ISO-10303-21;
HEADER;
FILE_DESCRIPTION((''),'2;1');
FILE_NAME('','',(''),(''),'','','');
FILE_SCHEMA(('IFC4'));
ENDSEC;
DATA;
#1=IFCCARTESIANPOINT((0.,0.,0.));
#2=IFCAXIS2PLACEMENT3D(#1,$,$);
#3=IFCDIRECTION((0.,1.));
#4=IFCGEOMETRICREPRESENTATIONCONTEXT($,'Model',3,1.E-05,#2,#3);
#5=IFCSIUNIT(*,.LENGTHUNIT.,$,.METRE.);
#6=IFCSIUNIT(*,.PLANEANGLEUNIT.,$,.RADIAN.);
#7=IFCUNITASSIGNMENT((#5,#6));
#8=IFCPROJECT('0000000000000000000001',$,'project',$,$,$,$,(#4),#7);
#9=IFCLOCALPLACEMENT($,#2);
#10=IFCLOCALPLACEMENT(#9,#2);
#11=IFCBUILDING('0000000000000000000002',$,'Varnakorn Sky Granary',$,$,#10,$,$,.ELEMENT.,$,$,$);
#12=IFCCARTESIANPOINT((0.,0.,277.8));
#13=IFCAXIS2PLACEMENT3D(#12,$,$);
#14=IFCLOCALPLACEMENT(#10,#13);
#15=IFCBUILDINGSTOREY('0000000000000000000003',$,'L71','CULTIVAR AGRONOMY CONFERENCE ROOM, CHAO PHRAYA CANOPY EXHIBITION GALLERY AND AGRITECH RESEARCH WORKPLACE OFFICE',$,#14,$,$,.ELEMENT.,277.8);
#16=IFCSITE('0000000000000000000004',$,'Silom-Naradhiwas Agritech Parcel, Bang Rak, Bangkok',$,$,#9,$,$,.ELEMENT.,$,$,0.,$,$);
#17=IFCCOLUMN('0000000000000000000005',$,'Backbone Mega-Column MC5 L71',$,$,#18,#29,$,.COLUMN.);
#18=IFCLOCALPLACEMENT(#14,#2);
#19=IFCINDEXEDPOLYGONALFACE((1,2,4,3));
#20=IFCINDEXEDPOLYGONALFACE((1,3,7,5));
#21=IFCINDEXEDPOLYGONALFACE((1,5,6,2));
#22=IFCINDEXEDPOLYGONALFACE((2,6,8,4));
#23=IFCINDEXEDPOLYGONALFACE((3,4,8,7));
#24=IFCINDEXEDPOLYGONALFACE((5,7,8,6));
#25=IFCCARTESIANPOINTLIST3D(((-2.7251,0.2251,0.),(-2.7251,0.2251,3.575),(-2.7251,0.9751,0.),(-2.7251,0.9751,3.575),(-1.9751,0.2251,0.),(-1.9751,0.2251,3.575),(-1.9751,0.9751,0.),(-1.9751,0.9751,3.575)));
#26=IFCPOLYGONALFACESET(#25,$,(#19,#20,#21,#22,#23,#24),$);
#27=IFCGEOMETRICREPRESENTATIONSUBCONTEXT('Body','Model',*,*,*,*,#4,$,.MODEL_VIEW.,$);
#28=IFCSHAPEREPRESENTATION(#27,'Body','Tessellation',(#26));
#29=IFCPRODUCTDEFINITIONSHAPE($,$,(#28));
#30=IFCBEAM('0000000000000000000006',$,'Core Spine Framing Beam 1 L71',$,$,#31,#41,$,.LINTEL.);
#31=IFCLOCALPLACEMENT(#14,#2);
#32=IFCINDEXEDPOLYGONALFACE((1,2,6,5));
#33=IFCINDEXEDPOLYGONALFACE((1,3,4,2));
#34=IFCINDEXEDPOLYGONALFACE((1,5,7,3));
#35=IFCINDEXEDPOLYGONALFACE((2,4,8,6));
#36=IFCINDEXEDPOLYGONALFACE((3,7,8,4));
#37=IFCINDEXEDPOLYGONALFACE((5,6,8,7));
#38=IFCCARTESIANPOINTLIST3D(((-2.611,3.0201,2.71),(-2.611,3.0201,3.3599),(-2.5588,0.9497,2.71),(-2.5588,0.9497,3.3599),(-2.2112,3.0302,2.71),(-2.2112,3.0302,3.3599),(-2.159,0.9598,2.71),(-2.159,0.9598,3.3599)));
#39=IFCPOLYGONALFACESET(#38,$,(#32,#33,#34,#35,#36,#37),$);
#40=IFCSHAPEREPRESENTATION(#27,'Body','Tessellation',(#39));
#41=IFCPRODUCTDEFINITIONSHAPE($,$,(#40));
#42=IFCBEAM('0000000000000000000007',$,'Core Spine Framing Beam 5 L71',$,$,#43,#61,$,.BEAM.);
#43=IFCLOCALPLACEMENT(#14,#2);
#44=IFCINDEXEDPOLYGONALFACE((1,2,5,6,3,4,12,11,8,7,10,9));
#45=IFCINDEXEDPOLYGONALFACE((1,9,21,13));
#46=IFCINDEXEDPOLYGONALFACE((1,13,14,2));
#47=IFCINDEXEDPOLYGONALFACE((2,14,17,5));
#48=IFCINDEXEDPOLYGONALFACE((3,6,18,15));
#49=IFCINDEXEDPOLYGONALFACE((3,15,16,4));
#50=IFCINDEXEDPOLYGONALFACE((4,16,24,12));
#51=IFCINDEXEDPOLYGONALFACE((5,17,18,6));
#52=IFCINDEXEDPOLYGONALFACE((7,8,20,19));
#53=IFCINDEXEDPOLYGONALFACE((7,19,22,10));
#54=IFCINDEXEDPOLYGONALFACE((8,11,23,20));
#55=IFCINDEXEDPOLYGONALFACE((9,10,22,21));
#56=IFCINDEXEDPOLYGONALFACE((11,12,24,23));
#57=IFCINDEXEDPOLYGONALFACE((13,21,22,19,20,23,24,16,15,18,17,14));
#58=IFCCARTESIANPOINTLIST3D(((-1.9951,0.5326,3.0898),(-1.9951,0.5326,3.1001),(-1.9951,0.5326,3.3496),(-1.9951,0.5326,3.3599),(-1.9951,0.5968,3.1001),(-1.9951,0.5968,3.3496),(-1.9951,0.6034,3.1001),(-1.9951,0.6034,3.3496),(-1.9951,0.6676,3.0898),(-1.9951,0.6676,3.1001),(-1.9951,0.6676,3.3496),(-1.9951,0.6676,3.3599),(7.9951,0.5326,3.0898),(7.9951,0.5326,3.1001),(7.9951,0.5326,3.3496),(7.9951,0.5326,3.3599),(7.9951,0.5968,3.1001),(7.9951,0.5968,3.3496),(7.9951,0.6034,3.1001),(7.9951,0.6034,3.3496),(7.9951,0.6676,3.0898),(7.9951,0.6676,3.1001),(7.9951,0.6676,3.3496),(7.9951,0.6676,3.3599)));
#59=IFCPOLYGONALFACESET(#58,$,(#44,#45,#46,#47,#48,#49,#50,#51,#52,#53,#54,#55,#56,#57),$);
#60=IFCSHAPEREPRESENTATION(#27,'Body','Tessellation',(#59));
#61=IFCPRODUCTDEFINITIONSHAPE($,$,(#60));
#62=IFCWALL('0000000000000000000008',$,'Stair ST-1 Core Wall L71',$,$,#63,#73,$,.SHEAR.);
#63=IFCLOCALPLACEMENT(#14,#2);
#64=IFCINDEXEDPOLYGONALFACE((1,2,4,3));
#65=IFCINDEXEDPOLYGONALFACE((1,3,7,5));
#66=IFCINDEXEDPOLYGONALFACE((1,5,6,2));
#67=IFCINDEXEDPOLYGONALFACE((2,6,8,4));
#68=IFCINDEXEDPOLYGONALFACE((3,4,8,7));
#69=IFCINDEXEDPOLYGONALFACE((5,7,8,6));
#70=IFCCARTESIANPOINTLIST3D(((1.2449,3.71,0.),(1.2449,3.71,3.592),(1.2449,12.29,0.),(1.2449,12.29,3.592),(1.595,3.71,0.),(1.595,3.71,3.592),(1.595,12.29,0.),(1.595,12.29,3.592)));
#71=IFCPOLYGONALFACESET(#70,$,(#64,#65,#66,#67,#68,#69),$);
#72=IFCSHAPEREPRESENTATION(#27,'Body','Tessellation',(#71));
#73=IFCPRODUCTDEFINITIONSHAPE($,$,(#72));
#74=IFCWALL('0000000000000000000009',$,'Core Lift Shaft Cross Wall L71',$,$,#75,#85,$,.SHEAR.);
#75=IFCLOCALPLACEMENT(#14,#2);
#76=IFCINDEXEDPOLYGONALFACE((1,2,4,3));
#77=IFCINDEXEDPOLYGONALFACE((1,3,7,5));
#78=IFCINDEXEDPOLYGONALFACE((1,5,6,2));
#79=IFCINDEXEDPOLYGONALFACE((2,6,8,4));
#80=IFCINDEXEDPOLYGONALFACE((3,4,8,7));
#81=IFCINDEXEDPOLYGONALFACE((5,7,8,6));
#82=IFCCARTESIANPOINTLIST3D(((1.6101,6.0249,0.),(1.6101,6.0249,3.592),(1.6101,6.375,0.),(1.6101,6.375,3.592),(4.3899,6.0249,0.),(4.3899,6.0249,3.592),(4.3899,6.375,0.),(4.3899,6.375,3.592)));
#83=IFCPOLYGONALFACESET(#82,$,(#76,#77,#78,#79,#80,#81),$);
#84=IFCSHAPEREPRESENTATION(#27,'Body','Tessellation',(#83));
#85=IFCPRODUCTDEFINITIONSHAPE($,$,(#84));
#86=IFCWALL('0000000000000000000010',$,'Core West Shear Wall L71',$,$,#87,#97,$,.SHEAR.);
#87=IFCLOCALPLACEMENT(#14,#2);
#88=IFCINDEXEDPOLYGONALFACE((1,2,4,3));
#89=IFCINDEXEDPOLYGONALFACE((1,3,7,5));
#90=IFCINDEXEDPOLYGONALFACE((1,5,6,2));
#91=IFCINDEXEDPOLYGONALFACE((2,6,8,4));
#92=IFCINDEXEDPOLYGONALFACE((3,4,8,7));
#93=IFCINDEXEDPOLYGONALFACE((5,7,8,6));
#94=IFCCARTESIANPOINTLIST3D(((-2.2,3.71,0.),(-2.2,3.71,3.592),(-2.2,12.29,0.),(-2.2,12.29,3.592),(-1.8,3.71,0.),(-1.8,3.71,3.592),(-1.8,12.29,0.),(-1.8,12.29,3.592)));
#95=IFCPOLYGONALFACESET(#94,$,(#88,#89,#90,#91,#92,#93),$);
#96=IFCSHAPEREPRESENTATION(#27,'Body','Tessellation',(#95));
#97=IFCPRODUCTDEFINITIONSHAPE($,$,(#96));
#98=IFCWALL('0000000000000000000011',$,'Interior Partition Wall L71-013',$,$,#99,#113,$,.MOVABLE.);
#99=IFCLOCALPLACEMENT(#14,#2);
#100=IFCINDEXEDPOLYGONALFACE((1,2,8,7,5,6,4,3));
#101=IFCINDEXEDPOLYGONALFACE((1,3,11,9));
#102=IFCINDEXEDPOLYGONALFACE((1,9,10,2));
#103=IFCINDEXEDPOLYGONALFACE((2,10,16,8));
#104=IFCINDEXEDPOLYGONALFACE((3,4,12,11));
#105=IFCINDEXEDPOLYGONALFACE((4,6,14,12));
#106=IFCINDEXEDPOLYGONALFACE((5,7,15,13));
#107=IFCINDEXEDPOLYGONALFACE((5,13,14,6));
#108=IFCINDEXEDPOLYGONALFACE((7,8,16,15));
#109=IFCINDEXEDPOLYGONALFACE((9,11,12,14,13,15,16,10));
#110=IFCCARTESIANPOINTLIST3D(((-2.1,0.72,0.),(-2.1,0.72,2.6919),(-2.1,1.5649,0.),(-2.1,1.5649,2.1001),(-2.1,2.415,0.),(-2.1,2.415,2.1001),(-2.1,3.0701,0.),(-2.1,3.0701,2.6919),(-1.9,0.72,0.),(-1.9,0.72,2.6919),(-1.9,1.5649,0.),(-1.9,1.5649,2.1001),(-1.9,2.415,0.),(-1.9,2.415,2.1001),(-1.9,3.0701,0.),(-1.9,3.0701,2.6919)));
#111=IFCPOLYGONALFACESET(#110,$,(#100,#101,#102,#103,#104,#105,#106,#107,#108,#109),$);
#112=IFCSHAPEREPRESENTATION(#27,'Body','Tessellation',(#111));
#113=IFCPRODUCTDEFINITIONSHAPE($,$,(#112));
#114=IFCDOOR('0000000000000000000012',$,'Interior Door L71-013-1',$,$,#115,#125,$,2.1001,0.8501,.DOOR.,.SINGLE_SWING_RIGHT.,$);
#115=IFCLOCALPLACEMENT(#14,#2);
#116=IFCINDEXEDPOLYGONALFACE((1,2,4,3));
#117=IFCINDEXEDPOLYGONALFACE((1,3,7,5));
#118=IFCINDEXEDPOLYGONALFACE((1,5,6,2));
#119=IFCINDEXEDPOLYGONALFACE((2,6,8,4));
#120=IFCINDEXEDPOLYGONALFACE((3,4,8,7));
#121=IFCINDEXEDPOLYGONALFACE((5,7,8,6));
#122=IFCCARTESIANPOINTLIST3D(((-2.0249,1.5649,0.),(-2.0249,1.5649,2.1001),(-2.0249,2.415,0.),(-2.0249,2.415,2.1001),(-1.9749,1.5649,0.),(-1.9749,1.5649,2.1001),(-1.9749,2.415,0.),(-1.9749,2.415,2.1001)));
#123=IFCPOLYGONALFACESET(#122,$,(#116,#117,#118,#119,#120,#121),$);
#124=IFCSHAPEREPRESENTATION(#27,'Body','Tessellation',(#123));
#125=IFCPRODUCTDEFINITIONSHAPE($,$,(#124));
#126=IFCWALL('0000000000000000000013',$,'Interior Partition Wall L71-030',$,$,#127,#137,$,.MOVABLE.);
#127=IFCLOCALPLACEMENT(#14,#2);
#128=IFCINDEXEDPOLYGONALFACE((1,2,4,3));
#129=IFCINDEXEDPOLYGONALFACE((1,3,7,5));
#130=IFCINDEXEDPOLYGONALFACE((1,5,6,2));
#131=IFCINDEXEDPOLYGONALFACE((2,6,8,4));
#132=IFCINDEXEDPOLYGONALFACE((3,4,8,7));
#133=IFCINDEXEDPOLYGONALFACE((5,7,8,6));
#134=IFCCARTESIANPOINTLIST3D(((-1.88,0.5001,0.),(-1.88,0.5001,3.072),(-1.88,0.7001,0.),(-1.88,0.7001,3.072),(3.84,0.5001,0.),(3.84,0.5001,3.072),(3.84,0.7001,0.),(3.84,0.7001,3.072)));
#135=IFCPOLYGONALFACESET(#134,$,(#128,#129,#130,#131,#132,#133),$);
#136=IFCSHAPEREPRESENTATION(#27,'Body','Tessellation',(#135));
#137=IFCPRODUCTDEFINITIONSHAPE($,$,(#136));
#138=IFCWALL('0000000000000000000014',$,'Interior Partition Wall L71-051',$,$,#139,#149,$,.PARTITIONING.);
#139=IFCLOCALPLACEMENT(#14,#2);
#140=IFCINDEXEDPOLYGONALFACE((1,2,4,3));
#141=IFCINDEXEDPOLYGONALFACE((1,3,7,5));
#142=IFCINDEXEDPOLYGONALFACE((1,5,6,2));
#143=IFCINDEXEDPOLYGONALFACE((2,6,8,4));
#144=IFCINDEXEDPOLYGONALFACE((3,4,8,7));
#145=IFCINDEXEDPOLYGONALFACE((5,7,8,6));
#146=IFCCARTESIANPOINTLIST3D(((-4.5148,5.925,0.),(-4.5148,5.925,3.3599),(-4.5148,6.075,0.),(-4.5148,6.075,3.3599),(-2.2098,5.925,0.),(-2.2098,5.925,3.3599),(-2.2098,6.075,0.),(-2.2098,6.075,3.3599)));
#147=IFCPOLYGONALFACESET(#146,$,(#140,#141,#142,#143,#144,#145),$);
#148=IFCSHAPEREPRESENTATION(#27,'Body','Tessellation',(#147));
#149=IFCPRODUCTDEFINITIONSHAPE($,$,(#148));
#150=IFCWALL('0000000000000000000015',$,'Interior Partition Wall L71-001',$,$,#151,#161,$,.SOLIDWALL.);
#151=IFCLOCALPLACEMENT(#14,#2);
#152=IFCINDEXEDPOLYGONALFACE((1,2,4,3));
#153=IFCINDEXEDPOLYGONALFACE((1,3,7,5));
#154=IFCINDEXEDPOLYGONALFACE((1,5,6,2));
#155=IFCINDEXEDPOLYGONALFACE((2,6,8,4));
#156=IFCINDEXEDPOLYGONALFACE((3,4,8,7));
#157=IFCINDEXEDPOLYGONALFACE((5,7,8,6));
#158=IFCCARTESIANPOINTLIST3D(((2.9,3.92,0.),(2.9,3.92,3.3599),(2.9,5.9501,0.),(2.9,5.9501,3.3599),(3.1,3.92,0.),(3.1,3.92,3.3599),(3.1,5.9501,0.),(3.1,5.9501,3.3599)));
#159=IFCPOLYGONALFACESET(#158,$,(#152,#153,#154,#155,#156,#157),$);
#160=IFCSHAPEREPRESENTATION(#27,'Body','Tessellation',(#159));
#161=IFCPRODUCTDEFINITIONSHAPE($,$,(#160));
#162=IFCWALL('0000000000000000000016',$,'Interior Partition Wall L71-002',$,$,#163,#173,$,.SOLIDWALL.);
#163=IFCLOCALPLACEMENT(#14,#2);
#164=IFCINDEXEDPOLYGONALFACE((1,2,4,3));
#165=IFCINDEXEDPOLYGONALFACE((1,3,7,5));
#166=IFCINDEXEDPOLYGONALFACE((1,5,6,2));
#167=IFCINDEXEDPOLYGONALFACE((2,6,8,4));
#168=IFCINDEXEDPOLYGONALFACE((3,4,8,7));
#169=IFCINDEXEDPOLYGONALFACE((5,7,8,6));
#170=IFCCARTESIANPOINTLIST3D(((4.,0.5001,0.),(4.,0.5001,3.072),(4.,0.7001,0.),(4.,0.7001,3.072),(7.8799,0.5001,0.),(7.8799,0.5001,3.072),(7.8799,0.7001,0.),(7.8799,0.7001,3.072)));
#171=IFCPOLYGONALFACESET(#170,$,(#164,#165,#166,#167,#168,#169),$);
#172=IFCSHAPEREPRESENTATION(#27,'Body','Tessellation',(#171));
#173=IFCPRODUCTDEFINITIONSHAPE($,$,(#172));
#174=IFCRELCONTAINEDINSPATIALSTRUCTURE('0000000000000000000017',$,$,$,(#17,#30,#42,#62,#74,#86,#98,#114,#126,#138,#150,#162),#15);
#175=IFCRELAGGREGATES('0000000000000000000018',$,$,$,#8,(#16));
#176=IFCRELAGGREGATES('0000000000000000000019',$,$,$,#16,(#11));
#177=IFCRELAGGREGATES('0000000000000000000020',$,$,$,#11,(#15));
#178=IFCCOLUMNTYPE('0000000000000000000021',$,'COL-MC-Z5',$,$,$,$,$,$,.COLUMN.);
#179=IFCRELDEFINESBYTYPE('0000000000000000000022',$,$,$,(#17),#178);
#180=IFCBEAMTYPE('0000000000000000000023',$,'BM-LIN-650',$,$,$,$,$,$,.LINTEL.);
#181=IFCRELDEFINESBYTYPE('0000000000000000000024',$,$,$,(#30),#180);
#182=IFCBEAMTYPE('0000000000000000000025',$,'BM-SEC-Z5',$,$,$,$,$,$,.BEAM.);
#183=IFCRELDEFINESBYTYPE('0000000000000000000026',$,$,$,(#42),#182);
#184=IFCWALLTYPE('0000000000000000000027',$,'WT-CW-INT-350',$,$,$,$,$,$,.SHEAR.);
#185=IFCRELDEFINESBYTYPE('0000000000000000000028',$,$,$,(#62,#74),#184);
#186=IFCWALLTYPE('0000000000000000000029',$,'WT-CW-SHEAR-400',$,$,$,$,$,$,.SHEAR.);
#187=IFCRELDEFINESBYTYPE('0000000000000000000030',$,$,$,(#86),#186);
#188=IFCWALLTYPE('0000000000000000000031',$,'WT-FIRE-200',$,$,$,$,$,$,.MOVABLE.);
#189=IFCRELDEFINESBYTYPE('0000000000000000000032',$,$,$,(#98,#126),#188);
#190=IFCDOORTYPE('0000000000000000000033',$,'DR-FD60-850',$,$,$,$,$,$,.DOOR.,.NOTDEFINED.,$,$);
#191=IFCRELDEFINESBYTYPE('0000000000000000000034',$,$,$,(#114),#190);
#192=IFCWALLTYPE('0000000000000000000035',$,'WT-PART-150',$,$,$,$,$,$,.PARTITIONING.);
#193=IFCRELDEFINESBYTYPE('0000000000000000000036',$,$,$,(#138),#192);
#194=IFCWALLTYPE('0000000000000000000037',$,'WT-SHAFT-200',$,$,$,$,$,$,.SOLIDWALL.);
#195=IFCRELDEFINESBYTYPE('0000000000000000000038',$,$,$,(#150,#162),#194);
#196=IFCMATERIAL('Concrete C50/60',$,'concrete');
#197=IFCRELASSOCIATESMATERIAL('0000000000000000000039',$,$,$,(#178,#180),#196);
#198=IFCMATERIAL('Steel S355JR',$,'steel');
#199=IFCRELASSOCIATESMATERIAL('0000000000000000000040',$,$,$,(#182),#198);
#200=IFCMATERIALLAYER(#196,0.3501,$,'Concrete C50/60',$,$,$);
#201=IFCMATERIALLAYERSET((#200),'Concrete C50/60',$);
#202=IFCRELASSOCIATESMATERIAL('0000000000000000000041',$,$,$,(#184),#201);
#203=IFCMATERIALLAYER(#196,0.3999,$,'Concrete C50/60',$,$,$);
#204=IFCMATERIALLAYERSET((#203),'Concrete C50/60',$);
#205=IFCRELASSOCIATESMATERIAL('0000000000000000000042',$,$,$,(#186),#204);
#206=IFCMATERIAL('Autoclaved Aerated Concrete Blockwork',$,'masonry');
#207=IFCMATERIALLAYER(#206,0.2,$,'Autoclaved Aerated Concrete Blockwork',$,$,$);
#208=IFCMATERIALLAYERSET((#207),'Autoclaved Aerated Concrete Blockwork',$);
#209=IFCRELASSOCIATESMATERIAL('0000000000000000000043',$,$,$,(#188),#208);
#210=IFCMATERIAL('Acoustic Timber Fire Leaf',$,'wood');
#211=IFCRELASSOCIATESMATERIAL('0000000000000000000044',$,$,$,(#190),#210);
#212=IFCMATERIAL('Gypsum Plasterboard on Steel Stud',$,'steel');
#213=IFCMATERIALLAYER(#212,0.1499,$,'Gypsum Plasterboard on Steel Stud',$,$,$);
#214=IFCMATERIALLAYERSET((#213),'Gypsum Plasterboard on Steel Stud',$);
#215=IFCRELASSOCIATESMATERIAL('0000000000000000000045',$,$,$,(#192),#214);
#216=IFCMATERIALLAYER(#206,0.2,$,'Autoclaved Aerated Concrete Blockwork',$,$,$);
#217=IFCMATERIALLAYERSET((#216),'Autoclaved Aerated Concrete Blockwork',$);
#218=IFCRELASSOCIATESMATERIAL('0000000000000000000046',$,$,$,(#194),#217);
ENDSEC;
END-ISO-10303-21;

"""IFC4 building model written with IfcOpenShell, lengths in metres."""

from ifc_helpers import new_model, si_unit, direction, frame, frame_2d, origin, origin_2d, place, context, subcontext, project, spatial, rectangle, i_section, extrude, material, layer, layer_set, material_profile, profile_set, type_object, element, fill, save


model = new_model("IFC4")

# Units and contexts
model_context = context("Model", 3, precision=1e-05, world=origin(), true_north=direction((0.0, 1.0)))
body_context = subcontext(model_context, "Body", "Model", "MODEL_VIEW")
ifc_project = project(units=[si_unit("LENGTHUNIT", "METRE"), si_unit("PLANEANGLEUNIT", "RADIAN")], contexts=[model_context])

# Site, building, storey
site_placement = place(None, origin())
site = spatial("IfcSite", under=ifc_project, at=site_placement, Name="Silom-Naradhiwas Agritech Parcel, Bang Rak, Bangkok", CompositionType="ELEMENT", RefElevation=0.0)
building_placement = place(site_placement, origin())
building = spatial("IfcBuilding", under=site, at=building_placement, Name="Varnakorn Sky Granary", CompositionType="ELEMENT")
storey_placement = place(building_placement, frame((0.0, 0.0, 277.8)))
storey = spatial("IfcBuildingStorey", under=building, at=storey_placement, Name="L71", Description="CULTIVAR AGRONOMY CONFERENCE ROOM, CHAO PHRAYA CANOPY EXHIBITION GALLERY AND AGRITECH RESEARCH WORKPLACE OFFICE", CompositionType="ELEMENT", Elevation=277.8)

# Column
ifc_material_1 = material(Name="Concrete C50/60", Category="concrete")
ifc_material_profile_1 = material_profile(ifc_material_1, rectangle(XDim=0.75, YDim=0.75, at=origin_2d()), Name="RC 750x750")
ifc_profile_set_1 = profile_set([ifc_material_profile_1], Name="Concrete C50/60")
column_type = type_object("IfcColumnType", Name="COL-MC-Z5", PredefinedType="COLUMN", material=ifc_profile_set_1)
column_placement = place(storey_placement, frame((-2.3501, 0.6001, 0.0), z_axis=(0.0, 0.0, 1.0), x_axis=(1.0, 0.0, 0.0)))
element("IfcColumn", 1, at=column_placement, inside=storey, type_object=column_type, Name="Backbone Mega-Column MC5 L71", PredefinedType="COLUMN", context=body_context, shape_type="SweptSolid", body=[
    extrude(rectangle(XDim=0.75, YDim=0.75, at=origin_2d()), origin(), (0.0, 0.0, 1.0), 3.575),
])

# Beams
ifc_material_profile_2 = material_profile(ifc_material_1, rectangle(XDim=0.3999, YDim=0.6499, at=origin_2d()), Name="RC 400x650")
ifc_profile_set_2 = profile_set([ifc_material_profile_2], Name="Concrete C50/60")
beam_type_1 = type_object("IfcBeamType", Name="BM-LIN-650", PredefinedType="LINTEL", material=ifc_profile_set_2)
beam_1_placement = place(storey_placement, frame((-2.4111, 3.0251, 3.0349), z_axis=(0.025228, -0.999682, 0.0), x_axis=(0.999682, 0.025228, 0.0)))
element("IfcBeam", 2, at=beam_1_placement, inside=storey, type_object=beam_type_1, Name="Core Spine Framing Beam 1 L71", PredefinedType="LINTEL", context=body_context, shape_type="SweptSolid", body=[
    extrude(rectangle(XDim=0.3999, YDim=0.6499, at=origin_2d()), origin(), (0.0, 0.0, 1.0), 2.071),
])
ifc_material_2 = material(Name="Steel S355JR", Category="steel")
ifc_material_profile_3 = material_profile(ifc_material_2, i_section(OverallWidth=0.135, OverallDepth=0.27, WebThickness=0.0066, FlangeThickness=0.0103, at=origin_2d()), Name="IPE 270")
ifc_profile_set_3 = profile_set([ifc_material_profile_3], Name="Steel S355JR")
beam_type_2 = type_object("IfcBeamType", Name="BM-SEC-Z5", PredefinedType="BEAM", material=ifc_profile_set_3)
beam_2_placement = place(storey_placement, frame((-1.9951, 0.6001, 3.2249), z_axis=(1.0, 0.0, 0.0), x_axis=(0.0, 1.0, 0.0)))
element("IfcBeam", 3, at=beam_2_placement, inside=storey, type_object=beam_type_2, Name="Core Spine Framing Beam 5 L71", PredefinedType="BEAM", context=body_context, shape_type="SweptSolid", body=[
    extrude(i_section(OverallWidth=0.135, OverallDepth=0.27, WebThickness=0.0066, FlangeThickness=0.0103, at=origin_2d()), origin(), (0.0, 0.0, 1.0), 9.9902),
])

# Walls
ifc_layer_1 = layer(ifc_material_1, 0.3501, Name="Concrete C50/60")
ifc_layer_set_1 = layer_set([ifc_layer_1], Name="Concrete C50/60")
wall_type_1 = type_object("IfcWallType", Name="WT-CW-INT-350", PredefinedType="SHEAR", material=ifc_layer_set_1)
wall_1_placement = place(storey_placement, frame((1.4199, 3.71, 0.0), z_axis=(0.0, 0.0, 1.0), x_axis=(0.0, 1.0, 0.0)))
element("IfcWall", 4, at=wall_1_placement, inside=storey, type_object=wall_type_1, Name="Stair ST-1 Core Wall L71", PredefinedType="SHEAR", context=body_context, shape_type="SweptSolid", body=[
    extrude(rectangle(XDim=8.5801, YDim=0.3501, at=frame_2d((4.29, 0.0))), origin(), (0.0, 0.0, 1.0), 3.592),
])
wall_2_placement = place(storey_placement, frame((1.6101, 6.2, 0.0), z_axis=(0.0, 0.0, 1.0), x_axis=(1.0, 0.0, 0.0)))
element("IfcWall", 5, at=wall_2_placement, inside=storey, type_object=wall_type_1, Name="Core Lift Shaft Cross Wall L71", PredefinedType="SHEAR", context=body_context, shape_type="SweptSolid", body=[
    extrude(rectangle(XDim=2.7798, YDim=0.3501, at=frame_2d((1.3899, 0.0))), origin(), (0.0, 0.0, 1.0), 3.592),
])

# Shared definitions
ifc_layer_2 = layer(ifc_material_1, 0.3999, Name="Concrete C50/60")
ifc_layer_set_2 = layer_set([ifc_layer_2], Name="Concrete C50/60")
wall_type_2 = type_object("IfcWallType", Name="WT-CW-SHEAR-400", PredefinedType="SHEAR", material=ifc_layer_set_2)

# Wall
wall_3_placement = place(storey_placement, frame((-2.0, 3.71, 0.0), z_axis=(0.0, 0.0, 1.0), x_axis=(0.0, 1.0, 0.0)))
element("IfcWall", 6, at=wall_3_placement, inside=storey, type_object=wall_type_2, Name="Core West Shear Wall L71", PredefinedType="SHEAR", context=body_context, shape_type="SweptSolid", body=[
    extrude(rectangle(XDim=8.5801, YDim=0.3999, at=frame_2d((4.29, 0.0))), origin(), (0.0, 0.0, 1.0), 3.592),
])

# Wall, opening, door
ifc_material_3 = material(Name="Autoclaved Aerated Concrete Blockwork", Category="masonry")
ifc_layer_3 = layer(ifc_material_3, 0.2, Name="Autoclaved Aerated Concrete Blockwork")
ifc_layer_set_3 = layer_set([ifc_layer_3], Name="Autoclaved Aerated Concrete Blockwork")
wall_type_3 = type_object("IfcWallType", Name="WT-FIRE-200", PredefinedType="MOVABLE", material=ifc_layer_set_3)
wall_4_placement = place(storey_placement, frame((-2.0, 0.72, 0.0), z_axis=(0.0, 0.0, 1.0), x_axis=(0.0, 1.0, 0.0)))
wall_4 = element("IfcWall", 7, at=wall_4_placement, inside=storey, type_object=wall_type_3, Name="Interior Partition Wall L71-013", PredefinedType="MOVABLE", context=body_context, shape_type="SweptSolid", body=[
    extrude(rectangle(XDim=2.3501, YDim=0.2, at=frame_2d((1.175, 0.0))), origin(), (0.0, 0.0, 1.0), 2.6919),
])
opening_1_placement = place(wall_4_placement, frame((0.845, 0.0, 0.0)))
opening_1 = element("IfcOpeningElement", 8, at=opening_1_placement, cuts=wall_4, PredefinedType="OPENING", context=body_context, shape_type="SweptSolid", body=[
    extrude(rectangle(XDim=0.8501, YDim=2.1001, at=frame_2d((0.425, 1.05))), frame((0.0, 0.1099, 0.0), z_axis=(0.0, -1.0, 0.0), x_axis=(1.0, 0.0, 0.0)), (0.0, 0.0, 1.0), 0.22),
])
ifc_material_4 = material(Name="Acoustic Timber Fire Leaf", Category="wood")
door_type_1 = type_object("IfcDoorType", Name="DR-FD60-850", OperationType="NOTDEFINED", PredefinedType="DOOR", material=ifc_material_4)
door_1_placement = place(opening_1_placement, origin())
door_1 = element("IfcDoor", 9, at=door_1_placement, inside=storey, type_object=door_type_1, Name="Interior Door L71-013-1", OperationType="SINGLE_SWING_RIGHT", OverallHeight=2.1001, OverallWidth=0.8501, PredefinedType="DOOR", context=body_context, shape_type="SweptSolid", body=[
    extrude(rectangle(XDim=0.8501, YDim=2.1001, at=frame_2d((0.425, 1.05))), frame((0.0, 0.0249, 0.0), z_axis=(0.0, -1.0, 0.0), x_axis=(1.0, 0.0, 0.0)), (0.0, 0.0, 1.0), 0.05),
])
fill(opening_1, door_1)

# Walls
wall_5_placement = place(storey_placement, frame((-1.8799, 0.6001, 0.0), z_axis=(0.0, 0.0, 1.0), x_axis=(1.0, 0.0, 0.0)))
element("IfcWall", 10, at=wall_5_placement, inside=storey, type_object=wall_type_3, Name="Interior Partition Wall L71-030", PredefinedType="MOVABLE", context=body_context, shape_type="SweptSolid", body=[
    extrude(rectangle(XDim=5.72, YDim=0.2, at=frame_2d((2.8599, 0.0))), origin(), (0.0, 0.0, 1.0), 3.072),
])
ifc_material_5 = material(Name="Gypsum Plasterboard on Steel Stud", Category="steel")
ifc_layer_4 = layer(ifc_material_5, 0.1499, Name="Gypsum Plasterboard on Steel Stud")
ifc_layer_set_4 = layer_set([ifc_layer_4], Name="Gypsum Plasterboard on Steel Stud")
wall_type_4 = type_object("IfcWallType", Name="WT-PART-150", PredefinedType="PARTITIONING", material=ifc_layer_set_4)
wall_6_placement = place(storey_placement, frame((-2.21, 6.0, 0.0), z_axis=(0.0, 0.0, 1.0), x_axis=(-1.0, 0.0, 0.0)))
element("IfcWall", 11, at=wall_6_placement, inside=storey, type_object=wall_type_4, Name="Interior Partition Wall L71-051", PredefinedType="PARTITIONING", context=body_context, shape_type="SweptSolid", body=[
    extrude(rectangle(XDim=2.3049, YDim=0.1499, at=frame_2d((1.1523, 0.0))), origin(), (0.0, 0.0, 1.0), 3.3599),
])
ifc_layer_5 = layer(ifc_material_3, 0.2, Name="Autoclaved Aerated Concrete Blockwork")
ifc_layer_set_5 = layer_set([ifc_layer_5], Name="Autoclaved Aerated Concrete Blockwork")
wall_type_5 = type_object("IfcWallType", Name="WT-SHAFT-200", PredefinedType="SOLIDWALL", material=ifc_layer_set_5)
wall_7_placement = place(storey_placement, frame((3.0, 3.9199, 0.0), z_axis=(0.0, 0.0, 1.0), x_axis=(0.0, 1.0, 0.0)))
element("IfcWall", 12, at=wall_7_placement, inside=storey, type_object=wall_type_5, Name="Interior Partition Wall L71-001", PredefinedType="SOLIDWALL", context=body_context, shape_type="SweptSolid", body=[
    extrude(rectangle(XDim=2.03, YDim=0.2, at=frame_2d((1.0151, 0.0))), origin(), (0.0, 0.0, 1.0), 3.3599),
])
wall_8_placement = place(storey_placement, frame((4.0, 0.6001, 0.0), z_axis=(0.0, 0.0, 1.0), x_axis=(1.0, 0.0, 0.0)))
element("IfcWall", 13, at=wall_8_placement, inside=storey, type_object=wall_type_5, Name="Interior Partition Wall L71-002", PredefinedType="SOLIDWALL", context=body_context, shape_type="SweptSolid", body=[
    extrude(rectangle(XDim=3.8799, YDim=0.2, at=frame_2d((1.9399, 0.0))), origin(), (0.0, 0.0, 1.0), 3.072),
])

save(model, "model.ifc")
